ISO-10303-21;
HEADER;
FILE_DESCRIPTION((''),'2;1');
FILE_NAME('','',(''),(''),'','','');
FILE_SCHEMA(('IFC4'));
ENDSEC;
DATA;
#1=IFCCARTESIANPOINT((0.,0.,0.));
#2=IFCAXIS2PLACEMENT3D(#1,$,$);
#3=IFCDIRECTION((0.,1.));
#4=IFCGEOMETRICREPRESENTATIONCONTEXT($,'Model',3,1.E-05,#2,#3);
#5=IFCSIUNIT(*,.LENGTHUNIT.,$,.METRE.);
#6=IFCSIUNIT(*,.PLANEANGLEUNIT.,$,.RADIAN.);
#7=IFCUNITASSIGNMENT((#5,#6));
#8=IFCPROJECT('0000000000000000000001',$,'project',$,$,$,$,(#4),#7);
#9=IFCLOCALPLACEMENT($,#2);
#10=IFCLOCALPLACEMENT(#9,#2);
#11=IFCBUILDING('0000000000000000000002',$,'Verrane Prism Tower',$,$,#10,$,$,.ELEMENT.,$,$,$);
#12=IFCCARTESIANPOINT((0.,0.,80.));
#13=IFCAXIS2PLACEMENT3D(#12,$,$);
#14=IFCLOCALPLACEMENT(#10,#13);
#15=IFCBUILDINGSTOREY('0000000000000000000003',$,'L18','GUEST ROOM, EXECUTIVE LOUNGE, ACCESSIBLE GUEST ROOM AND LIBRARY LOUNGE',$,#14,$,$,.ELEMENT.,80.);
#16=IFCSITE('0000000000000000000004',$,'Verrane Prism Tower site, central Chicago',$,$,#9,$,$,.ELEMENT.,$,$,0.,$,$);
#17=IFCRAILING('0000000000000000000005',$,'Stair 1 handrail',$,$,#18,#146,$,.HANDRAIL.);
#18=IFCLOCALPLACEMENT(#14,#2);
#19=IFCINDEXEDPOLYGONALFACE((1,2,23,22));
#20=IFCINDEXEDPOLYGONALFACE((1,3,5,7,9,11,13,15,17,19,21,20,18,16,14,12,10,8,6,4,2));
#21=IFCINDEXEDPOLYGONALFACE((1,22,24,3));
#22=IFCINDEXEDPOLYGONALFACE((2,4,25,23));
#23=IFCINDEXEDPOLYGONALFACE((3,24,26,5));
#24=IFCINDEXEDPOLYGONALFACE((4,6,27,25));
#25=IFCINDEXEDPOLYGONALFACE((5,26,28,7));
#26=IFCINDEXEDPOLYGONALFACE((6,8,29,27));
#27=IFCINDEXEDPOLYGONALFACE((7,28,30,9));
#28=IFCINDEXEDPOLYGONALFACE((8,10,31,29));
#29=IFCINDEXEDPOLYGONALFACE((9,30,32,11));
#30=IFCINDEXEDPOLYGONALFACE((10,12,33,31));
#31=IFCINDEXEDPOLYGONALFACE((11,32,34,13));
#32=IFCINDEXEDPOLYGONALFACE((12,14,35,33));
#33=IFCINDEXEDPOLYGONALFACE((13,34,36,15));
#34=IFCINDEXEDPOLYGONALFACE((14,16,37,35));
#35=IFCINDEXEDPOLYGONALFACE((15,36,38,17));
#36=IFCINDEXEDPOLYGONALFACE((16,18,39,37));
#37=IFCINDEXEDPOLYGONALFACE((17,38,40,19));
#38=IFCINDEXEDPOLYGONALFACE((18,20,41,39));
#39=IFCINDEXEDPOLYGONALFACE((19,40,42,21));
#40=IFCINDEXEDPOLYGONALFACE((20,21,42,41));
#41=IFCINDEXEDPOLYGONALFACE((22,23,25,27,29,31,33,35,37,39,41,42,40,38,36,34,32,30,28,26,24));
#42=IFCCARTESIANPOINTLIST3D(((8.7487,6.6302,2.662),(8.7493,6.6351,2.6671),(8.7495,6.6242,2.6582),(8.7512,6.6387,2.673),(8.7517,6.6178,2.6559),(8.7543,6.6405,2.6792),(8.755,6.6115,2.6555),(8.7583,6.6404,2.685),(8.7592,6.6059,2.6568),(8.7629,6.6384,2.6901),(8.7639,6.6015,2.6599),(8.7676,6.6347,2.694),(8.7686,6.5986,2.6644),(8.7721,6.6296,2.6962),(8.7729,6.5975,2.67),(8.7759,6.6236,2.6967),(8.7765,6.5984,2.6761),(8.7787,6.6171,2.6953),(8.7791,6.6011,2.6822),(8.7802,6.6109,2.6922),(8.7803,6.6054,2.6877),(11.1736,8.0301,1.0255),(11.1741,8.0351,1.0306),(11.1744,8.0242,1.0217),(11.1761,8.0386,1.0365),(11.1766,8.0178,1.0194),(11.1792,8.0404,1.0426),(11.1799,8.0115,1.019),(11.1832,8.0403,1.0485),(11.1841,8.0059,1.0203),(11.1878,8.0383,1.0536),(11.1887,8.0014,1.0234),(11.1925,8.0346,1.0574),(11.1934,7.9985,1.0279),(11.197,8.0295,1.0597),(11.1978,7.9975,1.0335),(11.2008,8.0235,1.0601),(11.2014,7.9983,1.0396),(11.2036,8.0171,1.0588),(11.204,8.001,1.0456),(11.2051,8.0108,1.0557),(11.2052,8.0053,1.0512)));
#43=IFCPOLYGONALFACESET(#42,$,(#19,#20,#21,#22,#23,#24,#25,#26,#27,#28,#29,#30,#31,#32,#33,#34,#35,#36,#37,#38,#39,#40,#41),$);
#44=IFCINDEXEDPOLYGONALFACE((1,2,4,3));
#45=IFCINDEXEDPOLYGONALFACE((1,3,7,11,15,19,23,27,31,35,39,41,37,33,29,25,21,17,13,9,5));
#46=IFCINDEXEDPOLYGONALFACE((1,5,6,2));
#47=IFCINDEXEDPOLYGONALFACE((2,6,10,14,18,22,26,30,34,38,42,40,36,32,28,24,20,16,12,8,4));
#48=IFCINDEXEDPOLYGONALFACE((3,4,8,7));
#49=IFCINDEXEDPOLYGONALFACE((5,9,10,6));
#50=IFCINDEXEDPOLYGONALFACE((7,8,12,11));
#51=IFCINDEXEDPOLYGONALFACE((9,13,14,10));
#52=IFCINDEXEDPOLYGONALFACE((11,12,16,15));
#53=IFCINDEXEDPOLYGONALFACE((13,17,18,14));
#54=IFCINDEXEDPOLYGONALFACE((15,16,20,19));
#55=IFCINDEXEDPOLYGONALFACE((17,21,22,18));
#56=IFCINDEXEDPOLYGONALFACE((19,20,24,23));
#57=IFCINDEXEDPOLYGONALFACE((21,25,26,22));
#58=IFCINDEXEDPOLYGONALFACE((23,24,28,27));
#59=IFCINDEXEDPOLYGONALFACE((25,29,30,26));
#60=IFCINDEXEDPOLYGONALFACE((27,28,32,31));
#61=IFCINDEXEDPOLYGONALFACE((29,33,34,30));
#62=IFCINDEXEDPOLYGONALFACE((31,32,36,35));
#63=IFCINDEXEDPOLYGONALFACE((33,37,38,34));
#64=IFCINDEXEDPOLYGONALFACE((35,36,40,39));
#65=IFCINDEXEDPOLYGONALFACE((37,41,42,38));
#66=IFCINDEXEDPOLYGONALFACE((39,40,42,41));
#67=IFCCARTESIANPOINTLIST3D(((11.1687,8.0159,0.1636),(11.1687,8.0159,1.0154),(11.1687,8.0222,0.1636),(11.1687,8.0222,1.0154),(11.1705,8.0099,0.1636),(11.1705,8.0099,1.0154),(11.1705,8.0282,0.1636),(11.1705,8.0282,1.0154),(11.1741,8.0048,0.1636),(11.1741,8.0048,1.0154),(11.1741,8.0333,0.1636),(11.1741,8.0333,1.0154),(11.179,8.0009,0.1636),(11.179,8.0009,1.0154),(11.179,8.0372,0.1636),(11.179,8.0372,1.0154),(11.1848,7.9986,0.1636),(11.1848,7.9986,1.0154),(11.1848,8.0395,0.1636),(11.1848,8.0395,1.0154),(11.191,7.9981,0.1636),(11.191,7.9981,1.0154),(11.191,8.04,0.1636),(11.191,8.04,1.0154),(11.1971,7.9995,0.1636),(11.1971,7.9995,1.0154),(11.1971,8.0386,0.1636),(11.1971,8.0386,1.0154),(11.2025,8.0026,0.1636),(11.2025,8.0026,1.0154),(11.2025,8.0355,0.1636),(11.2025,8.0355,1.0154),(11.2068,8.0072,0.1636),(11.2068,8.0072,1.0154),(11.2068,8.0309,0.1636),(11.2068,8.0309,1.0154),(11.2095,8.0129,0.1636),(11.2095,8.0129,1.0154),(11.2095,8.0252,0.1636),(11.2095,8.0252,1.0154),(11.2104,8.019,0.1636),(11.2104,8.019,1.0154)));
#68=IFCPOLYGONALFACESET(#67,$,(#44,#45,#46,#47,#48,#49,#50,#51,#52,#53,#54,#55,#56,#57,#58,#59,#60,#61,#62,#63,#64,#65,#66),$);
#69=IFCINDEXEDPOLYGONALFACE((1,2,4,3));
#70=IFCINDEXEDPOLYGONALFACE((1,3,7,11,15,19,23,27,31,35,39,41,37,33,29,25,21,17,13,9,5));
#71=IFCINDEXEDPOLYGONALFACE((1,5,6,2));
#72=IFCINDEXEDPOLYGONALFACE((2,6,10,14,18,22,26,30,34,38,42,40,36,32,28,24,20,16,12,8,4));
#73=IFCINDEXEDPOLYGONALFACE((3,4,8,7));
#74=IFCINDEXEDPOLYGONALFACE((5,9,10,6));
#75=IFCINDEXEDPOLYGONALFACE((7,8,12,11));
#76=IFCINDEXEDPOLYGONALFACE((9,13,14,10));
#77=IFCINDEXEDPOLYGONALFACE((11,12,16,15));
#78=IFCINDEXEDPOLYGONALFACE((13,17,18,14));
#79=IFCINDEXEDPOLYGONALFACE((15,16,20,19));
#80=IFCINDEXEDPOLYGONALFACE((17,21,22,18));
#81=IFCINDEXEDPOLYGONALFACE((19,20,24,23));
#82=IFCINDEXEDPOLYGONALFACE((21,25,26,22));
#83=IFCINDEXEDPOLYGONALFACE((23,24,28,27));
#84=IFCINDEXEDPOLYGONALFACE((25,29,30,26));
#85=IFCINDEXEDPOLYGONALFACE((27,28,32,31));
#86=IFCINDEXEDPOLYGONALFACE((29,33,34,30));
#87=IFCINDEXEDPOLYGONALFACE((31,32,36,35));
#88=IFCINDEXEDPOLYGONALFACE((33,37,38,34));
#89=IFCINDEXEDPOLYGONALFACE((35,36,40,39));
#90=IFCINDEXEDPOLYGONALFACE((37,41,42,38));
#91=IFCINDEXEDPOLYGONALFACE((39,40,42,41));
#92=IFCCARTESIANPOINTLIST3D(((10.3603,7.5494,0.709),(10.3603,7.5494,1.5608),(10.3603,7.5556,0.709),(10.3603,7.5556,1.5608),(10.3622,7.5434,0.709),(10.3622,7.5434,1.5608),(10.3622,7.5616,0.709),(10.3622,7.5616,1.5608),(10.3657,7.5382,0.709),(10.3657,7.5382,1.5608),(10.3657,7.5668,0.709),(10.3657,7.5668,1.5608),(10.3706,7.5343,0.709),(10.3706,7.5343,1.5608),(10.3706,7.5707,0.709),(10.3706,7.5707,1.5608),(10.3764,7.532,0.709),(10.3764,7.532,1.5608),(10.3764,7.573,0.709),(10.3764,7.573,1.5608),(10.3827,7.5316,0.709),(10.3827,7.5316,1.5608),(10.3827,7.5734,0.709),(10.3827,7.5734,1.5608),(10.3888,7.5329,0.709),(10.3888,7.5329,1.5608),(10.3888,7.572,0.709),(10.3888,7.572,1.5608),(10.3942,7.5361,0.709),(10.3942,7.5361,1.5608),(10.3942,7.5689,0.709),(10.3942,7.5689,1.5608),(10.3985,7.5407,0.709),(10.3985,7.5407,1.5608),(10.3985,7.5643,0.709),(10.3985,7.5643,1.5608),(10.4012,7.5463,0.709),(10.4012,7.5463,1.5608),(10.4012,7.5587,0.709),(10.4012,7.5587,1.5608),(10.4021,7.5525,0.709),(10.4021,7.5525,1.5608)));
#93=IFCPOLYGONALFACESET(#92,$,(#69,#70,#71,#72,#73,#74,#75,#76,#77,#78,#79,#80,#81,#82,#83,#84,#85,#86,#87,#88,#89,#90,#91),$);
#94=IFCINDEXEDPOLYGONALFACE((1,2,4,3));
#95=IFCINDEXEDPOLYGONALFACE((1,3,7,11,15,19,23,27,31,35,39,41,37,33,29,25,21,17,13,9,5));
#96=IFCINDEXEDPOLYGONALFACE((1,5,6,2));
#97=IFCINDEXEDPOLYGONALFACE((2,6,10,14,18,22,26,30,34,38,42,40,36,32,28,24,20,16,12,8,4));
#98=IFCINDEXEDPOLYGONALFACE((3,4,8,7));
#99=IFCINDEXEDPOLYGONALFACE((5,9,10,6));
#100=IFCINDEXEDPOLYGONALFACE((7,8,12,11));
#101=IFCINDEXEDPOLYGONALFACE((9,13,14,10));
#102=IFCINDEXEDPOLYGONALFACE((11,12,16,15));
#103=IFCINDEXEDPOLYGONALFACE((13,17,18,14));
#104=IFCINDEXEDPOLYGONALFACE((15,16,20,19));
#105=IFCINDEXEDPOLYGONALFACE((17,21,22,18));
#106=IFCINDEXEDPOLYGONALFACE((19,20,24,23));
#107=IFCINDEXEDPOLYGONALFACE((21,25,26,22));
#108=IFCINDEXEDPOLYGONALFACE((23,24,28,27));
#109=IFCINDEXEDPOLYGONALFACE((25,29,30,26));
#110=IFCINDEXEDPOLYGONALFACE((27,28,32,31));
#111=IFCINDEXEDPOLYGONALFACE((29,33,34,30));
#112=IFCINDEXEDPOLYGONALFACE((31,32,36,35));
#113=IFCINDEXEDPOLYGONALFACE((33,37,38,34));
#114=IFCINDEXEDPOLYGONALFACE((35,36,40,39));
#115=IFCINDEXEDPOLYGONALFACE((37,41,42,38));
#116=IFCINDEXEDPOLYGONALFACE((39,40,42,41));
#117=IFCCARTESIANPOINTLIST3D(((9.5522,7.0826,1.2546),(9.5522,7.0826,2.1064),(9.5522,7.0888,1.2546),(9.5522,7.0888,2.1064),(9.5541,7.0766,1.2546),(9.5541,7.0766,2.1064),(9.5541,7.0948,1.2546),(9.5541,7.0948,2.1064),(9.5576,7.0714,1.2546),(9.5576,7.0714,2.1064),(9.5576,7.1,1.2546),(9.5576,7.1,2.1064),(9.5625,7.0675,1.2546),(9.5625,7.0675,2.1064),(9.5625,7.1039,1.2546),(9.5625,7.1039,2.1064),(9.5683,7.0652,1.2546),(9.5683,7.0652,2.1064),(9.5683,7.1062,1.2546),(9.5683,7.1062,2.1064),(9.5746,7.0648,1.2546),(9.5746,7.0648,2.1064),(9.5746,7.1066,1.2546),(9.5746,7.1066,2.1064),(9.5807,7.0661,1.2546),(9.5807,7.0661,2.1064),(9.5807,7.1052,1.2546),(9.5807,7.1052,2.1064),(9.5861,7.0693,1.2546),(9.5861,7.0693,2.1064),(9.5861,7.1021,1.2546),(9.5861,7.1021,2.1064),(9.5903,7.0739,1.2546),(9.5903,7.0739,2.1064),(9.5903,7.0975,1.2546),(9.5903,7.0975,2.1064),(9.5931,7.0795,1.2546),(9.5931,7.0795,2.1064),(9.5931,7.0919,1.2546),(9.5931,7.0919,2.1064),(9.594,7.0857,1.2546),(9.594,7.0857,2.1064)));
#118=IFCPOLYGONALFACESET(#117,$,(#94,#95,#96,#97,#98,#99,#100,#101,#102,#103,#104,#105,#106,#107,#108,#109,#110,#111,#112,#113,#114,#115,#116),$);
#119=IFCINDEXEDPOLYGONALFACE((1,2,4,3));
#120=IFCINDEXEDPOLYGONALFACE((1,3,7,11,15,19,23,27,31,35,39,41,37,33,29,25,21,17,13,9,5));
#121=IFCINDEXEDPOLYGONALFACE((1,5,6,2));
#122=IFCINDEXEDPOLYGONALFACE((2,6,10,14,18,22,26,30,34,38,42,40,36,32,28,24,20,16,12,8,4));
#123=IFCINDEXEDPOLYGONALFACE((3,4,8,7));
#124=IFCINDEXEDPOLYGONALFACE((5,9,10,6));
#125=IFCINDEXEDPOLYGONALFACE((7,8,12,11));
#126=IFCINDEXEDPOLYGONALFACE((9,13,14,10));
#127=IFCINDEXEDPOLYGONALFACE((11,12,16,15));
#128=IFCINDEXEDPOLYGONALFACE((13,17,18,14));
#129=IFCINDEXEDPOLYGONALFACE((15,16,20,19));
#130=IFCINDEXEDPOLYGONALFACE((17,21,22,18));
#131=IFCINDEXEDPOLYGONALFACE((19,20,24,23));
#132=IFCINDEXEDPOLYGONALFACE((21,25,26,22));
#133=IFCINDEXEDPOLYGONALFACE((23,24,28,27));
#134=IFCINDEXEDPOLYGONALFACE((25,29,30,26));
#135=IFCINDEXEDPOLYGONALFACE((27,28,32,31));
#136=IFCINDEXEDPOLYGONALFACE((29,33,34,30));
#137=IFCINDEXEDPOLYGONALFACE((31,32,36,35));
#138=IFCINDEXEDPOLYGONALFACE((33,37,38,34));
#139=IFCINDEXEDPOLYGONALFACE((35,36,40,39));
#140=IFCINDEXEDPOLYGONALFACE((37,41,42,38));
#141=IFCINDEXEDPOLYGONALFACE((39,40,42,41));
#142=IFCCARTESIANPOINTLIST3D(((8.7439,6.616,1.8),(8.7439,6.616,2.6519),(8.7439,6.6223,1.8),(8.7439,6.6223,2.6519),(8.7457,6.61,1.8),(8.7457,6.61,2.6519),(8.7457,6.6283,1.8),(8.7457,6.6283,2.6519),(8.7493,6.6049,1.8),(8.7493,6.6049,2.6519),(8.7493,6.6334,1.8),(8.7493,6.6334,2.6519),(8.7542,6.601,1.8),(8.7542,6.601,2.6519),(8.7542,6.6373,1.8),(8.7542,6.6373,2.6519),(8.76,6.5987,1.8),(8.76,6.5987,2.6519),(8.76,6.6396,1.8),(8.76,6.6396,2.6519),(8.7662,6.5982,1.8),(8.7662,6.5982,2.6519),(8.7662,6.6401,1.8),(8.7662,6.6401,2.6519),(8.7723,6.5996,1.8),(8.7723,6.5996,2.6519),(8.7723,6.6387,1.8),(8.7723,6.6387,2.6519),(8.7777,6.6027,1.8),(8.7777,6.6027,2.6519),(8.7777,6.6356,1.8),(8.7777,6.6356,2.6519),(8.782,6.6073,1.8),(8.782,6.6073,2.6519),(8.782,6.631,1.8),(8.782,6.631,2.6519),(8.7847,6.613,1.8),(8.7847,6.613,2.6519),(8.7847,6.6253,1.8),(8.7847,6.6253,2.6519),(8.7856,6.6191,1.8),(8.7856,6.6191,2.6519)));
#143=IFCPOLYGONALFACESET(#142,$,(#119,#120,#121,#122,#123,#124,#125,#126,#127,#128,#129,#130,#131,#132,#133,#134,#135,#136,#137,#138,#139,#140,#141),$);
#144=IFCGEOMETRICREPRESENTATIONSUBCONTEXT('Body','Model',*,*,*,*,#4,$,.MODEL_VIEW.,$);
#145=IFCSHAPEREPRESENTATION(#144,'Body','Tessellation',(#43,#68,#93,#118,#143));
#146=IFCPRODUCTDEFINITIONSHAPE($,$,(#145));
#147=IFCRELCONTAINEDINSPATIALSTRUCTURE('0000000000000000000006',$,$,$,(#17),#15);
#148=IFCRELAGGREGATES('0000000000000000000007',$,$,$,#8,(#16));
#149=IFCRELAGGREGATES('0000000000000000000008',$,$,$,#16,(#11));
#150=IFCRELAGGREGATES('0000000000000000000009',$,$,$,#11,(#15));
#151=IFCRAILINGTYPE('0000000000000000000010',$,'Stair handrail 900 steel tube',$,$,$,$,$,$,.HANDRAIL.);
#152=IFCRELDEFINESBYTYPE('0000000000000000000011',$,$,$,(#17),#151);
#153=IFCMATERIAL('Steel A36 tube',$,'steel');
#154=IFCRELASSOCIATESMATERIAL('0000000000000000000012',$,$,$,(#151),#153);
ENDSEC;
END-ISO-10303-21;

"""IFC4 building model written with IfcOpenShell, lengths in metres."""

from ifc_helpers import new_model, si_unit, direction, frame, origin, origin_2d, place, context, subcontext, project, spatial, circle, extrude, material, type_object, element, save


model = new_model("IFC4")

# Units and contexts
model_context = context("Model", 3, precision=1e-05, world=origin(), true_north=direction((0.0, 1.0)))
body_context = subcontext(model_context, "Body", "Model", "MODEL_VIEW")
ifc_project = project(units=[si_unit("LENGTHUNIT", "METRE"), si_unit("PLANEANGLEUNIT", "RADIAN")], contexts=[model_context])

# Site, building, storey
site_placement = place(None, origin())
site = spatial("IfcSite", under=ifc_project, at=site_placement, Name="Verrane Prism Tower site, central Chicago", CompositionType="ELEMENT", RefElevation=0.0)
building_placement = place(site_placement, origin())
building = spatial("IfcBuilding", under=site, at=building_placement, Name="Verrane Prism Tower", CompositionType="ELEMENT")
storey_placement = place(building_placement, frame((0.0, 0.0, 80.0)))
storey = spatial("IfcBuildingStorey", under=building, at=storey_placement, Name="L18", Description="GUEST ROOM, EXECUTIVE LOUNGE, ACCESSIBLE GUEST ROOM AND LIBRARY LOUNGE", CompositionType="ELEMENT", Elevation=80.0)

# Railing
ifc_material_1 = material(Name="Steel A36 tube", Category="steel")
railing_type_1 = type_object("IfcRailingType", Name="Stair handrail 900 steel tube", PredefinedType="HANDRAIL", material=ifc_material_1)
railing_1_placement = place(storey_placement, frame((11.1895, 8.019, 0.1636)))
element("IfcRailing", 1, at=railing_1_placement, inside=storey, type_object=railing_type_1, Name="Stair 1 handrail", PredefinedType="HANDRAIL", context=body_context, shape_type="SweptSolid", body=[
    extrude(circle(Radius=0.0239, at=origin_2d()), frame((0.0, 0.0, 0.876), z_axis=(-0.74769, -0.431661, 0.504608), x_axis=(0.499984, -0.866035, 0.0)), (0.0, 0.0, 1.0), 3.2432),
    extrude(circle(Radius=0.021, at=origin_2d()), origin(), (0.0, 0.0, 1.0), 0.8518),
    extrude(circle(Radius=0.021, at=origin_2d()), frame((-0.8083, -0.4666, 0.5454)), (0.0, 0.0, 1.0), 0.8518),
    extrude(circle(Radius=0.021, at=origin_2d()), frame((-1.6165, -0.9333, 1.0911)), (0.0, 0.0, 1.0), 0.8518),
    extrude(circle(Radius=0.021, at=origin_2d()), frame((-2.4248, -1.3999, 1.6365)), (0.0, 0.0, 1.0), 0.8518),
])

save(model, "model.ifc")
